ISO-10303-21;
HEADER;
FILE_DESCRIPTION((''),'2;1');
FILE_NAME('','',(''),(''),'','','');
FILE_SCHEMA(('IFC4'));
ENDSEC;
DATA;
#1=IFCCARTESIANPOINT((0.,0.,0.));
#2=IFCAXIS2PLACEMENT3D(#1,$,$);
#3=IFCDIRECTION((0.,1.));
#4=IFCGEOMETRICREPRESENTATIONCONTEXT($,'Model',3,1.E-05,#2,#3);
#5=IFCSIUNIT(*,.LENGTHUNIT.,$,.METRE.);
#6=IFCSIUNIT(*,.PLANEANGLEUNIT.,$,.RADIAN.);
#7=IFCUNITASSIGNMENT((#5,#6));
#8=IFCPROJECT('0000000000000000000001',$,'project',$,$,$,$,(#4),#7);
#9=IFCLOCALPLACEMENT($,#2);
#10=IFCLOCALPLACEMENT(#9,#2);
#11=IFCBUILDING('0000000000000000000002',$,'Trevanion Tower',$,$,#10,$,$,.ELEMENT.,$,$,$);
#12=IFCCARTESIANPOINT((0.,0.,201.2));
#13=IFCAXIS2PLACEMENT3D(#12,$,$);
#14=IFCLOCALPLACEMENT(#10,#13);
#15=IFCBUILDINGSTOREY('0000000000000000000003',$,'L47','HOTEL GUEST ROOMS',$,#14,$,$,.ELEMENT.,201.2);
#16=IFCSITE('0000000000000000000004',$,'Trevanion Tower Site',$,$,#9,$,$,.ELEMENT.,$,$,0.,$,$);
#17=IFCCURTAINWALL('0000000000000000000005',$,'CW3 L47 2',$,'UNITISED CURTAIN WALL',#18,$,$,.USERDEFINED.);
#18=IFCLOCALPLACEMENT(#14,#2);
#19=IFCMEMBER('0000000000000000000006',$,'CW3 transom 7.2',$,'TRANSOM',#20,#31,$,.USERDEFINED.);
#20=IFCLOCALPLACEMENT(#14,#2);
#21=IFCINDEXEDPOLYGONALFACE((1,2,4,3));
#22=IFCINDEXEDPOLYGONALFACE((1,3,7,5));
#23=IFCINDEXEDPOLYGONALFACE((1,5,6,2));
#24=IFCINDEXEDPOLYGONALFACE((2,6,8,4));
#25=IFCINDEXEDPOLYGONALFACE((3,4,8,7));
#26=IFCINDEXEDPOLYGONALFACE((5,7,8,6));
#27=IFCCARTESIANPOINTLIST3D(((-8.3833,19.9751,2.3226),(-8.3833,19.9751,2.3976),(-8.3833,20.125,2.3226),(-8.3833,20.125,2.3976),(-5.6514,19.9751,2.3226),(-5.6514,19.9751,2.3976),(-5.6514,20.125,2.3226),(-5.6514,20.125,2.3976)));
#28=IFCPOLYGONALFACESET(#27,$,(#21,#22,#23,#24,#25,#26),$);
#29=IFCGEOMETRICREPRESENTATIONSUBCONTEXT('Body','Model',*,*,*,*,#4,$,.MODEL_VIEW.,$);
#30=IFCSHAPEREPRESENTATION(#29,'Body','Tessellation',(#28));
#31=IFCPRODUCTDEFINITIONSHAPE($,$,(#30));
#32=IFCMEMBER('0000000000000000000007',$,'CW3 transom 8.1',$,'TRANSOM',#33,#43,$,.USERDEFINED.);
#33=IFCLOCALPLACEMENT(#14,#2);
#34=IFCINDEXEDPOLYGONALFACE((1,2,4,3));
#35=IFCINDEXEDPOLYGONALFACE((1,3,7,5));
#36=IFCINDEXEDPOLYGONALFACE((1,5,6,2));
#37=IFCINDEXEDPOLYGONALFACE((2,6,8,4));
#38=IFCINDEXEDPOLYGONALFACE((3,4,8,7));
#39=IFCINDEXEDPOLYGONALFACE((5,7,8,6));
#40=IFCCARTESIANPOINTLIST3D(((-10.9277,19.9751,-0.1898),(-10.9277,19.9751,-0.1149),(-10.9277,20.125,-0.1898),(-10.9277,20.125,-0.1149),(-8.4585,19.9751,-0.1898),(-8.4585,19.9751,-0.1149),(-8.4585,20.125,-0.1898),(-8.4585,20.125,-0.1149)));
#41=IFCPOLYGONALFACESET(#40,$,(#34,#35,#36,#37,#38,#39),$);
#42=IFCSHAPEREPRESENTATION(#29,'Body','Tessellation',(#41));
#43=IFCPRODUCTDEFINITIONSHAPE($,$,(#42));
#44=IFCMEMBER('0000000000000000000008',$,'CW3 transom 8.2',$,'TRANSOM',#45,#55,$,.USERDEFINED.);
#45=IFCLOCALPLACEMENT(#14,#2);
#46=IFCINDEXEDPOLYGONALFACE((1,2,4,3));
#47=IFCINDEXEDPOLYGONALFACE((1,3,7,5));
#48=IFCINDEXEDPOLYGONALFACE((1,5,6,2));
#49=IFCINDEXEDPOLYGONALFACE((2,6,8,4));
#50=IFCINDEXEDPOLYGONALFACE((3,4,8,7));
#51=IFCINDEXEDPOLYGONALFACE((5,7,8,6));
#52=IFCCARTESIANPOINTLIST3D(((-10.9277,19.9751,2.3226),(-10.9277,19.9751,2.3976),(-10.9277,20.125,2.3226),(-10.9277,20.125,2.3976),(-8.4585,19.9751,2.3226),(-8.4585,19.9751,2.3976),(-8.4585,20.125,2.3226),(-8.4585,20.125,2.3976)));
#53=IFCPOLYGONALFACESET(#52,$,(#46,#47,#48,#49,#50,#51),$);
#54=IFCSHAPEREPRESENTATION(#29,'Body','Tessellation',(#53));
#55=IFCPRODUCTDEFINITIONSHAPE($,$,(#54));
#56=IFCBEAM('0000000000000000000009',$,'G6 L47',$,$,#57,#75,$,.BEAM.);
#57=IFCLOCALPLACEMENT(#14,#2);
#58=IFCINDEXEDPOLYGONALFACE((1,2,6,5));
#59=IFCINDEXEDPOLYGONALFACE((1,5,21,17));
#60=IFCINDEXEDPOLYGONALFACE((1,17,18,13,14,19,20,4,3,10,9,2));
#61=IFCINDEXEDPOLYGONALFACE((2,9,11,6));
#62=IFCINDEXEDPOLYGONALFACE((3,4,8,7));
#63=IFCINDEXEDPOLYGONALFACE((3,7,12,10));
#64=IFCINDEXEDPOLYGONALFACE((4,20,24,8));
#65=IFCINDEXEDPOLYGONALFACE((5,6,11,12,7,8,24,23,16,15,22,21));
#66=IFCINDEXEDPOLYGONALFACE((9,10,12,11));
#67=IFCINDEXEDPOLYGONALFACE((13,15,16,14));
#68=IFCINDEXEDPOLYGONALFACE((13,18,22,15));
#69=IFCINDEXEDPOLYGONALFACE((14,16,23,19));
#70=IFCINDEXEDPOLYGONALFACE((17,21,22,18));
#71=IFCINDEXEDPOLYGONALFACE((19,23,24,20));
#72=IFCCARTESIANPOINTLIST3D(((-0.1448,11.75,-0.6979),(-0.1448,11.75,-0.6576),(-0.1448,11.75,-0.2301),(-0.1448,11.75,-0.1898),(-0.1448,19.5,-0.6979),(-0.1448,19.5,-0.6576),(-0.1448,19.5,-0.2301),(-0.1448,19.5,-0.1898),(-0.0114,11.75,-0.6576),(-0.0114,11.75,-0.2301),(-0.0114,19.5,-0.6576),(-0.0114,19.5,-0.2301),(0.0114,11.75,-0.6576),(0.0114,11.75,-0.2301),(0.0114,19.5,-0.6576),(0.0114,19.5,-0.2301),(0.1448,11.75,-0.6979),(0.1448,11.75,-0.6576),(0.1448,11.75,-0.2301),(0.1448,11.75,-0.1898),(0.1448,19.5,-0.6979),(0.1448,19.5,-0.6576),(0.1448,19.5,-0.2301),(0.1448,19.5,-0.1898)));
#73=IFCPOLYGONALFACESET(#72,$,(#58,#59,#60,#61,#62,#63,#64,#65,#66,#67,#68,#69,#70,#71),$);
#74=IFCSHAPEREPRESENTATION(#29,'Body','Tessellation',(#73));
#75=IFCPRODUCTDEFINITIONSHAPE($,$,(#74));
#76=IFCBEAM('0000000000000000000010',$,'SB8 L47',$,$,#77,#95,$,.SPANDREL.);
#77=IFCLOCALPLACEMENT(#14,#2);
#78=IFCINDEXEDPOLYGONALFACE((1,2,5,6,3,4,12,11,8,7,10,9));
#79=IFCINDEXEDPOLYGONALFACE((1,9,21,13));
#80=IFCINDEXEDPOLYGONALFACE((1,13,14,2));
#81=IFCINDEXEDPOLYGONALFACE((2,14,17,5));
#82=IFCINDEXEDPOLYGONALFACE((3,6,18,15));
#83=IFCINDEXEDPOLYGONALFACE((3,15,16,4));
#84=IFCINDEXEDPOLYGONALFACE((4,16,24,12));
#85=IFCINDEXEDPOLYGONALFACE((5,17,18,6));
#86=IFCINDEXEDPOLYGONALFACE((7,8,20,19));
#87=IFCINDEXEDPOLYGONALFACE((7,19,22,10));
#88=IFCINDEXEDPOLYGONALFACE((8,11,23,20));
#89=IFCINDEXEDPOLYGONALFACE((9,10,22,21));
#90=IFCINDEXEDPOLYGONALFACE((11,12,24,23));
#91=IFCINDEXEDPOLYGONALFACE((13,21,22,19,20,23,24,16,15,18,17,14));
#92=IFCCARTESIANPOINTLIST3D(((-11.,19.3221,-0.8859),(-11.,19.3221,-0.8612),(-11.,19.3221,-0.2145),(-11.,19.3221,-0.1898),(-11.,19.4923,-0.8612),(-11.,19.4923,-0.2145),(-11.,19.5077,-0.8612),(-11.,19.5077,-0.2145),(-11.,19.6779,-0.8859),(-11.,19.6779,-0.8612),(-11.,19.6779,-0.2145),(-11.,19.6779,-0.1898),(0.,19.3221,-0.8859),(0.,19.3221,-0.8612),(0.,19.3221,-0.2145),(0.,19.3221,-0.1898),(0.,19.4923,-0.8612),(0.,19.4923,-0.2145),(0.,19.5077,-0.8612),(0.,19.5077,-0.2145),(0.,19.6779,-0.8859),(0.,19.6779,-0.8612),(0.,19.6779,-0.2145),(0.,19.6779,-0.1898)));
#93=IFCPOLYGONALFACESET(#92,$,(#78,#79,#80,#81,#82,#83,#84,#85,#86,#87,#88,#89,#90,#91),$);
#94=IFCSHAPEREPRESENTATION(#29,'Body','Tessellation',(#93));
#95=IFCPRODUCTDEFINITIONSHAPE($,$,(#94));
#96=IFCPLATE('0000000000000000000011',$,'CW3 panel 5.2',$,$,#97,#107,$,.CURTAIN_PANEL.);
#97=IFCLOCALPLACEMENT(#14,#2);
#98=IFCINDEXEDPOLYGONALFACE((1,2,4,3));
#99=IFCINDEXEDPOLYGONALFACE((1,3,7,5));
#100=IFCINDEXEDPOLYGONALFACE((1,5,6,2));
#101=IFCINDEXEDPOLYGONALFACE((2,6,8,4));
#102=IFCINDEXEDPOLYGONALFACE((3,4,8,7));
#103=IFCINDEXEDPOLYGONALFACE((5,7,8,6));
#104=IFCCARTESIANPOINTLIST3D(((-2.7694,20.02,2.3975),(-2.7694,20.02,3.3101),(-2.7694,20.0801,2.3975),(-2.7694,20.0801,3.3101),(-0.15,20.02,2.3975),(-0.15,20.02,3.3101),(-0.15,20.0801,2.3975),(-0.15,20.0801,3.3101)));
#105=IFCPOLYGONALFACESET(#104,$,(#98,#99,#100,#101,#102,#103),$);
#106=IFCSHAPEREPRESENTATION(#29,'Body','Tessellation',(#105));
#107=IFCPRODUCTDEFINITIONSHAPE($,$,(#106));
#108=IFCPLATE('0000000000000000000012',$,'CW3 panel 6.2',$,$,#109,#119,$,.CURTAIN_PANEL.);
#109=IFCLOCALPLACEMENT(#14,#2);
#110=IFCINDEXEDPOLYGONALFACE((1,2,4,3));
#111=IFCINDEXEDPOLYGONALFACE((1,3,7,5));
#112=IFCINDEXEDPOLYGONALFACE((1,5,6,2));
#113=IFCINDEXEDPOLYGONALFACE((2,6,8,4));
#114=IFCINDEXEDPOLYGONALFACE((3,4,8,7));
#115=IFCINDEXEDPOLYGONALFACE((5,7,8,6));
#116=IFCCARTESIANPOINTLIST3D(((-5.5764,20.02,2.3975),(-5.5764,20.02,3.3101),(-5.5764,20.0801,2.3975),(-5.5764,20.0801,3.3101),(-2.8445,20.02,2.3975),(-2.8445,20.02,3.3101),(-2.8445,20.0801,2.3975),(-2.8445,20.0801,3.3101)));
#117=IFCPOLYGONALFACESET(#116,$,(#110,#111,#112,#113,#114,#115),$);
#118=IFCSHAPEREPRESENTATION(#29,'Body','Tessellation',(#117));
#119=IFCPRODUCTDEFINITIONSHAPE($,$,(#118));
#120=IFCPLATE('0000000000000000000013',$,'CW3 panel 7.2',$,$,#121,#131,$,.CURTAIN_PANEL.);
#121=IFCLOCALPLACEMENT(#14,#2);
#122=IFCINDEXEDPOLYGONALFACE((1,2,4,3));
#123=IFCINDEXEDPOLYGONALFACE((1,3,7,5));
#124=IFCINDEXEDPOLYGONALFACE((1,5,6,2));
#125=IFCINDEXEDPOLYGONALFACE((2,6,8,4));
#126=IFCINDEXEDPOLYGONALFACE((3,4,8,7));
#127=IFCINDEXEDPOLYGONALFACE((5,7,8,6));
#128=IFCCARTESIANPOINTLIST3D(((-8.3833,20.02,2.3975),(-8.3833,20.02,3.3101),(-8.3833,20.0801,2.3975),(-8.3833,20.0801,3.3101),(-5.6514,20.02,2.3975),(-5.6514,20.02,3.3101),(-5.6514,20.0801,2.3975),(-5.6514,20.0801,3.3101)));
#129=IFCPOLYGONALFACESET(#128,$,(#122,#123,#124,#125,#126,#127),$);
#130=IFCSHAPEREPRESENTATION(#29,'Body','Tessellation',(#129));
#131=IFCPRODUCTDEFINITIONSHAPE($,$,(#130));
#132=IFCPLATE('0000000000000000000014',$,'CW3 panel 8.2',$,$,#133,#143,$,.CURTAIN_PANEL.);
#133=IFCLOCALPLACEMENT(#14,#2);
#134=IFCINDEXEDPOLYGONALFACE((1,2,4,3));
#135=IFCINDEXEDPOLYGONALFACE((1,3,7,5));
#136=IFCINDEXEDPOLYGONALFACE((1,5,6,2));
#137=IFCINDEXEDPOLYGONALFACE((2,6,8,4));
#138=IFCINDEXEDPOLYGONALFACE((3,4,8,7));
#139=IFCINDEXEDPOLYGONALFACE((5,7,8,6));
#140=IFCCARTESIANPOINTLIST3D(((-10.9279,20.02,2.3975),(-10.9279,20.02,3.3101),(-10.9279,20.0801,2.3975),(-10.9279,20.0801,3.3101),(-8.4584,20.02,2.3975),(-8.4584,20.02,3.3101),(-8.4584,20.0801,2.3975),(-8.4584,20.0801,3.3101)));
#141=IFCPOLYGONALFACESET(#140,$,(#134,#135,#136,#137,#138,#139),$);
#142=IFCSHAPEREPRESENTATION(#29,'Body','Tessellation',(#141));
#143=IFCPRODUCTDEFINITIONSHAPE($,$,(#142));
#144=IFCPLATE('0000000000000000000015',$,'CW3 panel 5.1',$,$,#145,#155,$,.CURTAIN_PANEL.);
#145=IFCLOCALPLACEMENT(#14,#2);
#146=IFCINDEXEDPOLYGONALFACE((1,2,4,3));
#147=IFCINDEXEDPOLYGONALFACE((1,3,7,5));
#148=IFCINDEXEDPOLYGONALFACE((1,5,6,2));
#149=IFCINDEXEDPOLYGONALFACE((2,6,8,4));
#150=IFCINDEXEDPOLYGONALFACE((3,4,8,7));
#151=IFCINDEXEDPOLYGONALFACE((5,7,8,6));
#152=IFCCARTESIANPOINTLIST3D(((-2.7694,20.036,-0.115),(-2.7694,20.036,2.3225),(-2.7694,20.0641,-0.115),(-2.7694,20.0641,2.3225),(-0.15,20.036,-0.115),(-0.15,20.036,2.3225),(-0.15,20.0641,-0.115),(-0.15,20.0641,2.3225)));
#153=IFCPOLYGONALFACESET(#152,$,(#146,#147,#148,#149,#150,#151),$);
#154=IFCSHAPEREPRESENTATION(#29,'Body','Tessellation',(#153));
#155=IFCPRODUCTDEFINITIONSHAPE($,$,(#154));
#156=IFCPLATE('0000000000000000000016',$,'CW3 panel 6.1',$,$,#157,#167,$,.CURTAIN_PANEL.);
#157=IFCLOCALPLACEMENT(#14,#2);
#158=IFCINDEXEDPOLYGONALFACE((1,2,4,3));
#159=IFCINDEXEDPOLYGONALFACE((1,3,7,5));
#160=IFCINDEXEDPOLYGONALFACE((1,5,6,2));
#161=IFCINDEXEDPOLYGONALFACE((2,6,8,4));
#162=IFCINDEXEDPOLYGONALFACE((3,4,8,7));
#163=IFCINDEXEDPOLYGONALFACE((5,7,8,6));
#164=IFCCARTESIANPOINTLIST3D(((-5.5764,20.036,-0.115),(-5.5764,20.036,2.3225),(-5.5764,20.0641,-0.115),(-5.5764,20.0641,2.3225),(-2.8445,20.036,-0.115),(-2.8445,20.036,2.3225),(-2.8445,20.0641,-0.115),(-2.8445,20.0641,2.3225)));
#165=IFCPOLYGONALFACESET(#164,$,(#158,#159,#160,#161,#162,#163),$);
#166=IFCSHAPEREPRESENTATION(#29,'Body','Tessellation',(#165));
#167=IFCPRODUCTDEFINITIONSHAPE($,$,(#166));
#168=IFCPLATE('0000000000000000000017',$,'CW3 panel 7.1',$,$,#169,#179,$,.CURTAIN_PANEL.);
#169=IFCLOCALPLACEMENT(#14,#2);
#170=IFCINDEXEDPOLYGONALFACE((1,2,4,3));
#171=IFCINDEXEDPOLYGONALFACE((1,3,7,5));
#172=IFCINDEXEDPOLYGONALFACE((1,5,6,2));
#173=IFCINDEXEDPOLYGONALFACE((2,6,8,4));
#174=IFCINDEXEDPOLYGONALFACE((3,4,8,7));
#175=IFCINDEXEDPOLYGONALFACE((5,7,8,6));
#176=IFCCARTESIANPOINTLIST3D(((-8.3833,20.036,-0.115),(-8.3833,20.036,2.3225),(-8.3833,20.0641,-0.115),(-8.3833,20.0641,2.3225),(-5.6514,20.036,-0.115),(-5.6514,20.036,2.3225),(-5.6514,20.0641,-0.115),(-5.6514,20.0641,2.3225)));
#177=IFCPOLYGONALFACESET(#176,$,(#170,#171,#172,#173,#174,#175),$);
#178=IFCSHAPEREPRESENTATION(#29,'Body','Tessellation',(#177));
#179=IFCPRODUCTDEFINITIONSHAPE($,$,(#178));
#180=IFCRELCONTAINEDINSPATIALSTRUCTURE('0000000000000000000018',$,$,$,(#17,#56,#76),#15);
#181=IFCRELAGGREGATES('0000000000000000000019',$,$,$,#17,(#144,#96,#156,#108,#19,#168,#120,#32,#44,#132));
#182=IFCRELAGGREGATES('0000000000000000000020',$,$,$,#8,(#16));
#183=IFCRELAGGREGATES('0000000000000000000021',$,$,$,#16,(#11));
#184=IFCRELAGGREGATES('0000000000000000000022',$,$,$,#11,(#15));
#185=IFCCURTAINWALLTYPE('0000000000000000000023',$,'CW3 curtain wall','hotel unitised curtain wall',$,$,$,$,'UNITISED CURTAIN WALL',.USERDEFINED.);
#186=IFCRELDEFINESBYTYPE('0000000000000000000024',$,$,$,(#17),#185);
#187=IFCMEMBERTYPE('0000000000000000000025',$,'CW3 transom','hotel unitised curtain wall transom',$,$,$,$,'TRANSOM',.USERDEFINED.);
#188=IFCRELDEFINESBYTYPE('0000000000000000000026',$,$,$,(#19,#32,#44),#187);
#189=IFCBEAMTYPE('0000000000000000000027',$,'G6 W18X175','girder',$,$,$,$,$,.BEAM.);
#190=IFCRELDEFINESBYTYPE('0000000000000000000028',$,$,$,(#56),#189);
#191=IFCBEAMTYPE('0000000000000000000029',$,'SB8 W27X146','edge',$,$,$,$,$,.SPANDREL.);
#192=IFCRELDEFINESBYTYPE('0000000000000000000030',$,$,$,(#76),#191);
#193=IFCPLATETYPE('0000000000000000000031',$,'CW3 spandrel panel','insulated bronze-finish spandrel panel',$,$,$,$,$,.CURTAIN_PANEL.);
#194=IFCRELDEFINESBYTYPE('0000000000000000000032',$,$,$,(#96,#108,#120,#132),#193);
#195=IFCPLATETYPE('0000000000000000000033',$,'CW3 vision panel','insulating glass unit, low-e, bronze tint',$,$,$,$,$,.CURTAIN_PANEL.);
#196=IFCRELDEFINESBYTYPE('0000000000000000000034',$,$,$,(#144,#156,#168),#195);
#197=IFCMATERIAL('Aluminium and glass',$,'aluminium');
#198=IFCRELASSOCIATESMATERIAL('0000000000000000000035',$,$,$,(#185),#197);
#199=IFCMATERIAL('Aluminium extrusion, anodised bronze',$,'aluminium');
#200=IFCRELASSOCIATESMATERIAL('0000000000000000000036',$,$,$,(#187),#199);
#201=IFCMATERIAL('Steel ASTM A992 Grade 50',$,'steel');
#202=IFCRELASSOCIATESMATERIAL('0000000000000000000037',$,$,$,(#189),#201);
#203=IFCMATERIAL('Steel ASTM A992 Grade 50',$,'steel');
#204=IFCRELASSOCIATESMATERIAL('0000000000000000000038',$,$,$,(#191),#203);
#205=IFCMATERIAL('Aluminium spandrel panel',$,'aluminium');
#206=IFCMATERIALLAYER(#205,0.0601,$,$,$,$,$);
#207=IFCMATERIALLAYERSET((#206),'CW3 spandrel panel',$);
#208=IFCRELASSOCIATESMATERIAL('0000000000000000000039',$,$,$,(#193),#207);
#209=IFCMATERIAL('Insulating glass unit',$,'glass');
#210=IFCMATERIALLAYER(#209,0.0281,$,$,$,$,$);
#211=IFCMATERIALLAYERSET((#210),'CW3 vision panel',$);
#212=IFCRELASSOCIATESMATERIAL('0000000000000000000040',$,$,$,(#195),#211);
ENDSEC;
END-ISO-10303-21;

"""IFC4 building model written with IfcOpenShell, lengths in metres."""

from ifc_helpers import new_model, si_unit, direction, frame, origin, origin_2d, place, context, subcontext, project, spatial, rectangle, i_section, extrude, material, layer, layer_set, material_profile, profile_set, type_object, element, aggregate, save


model = new_model("IFC4")

# Units and contexts
model_context = context("Model", 3, precision=1e-05, world=origin(), true_north=direction((0.0, 1.0)))
body_context = subcontext(model_context, "Body", "Model", "MODEL_VIEW")
ifc_project = project(units=[si_unit("LENGTHUNIT", "METRE"), si_unit("PLANEANGLEUNIT", "RADIAN")], contexts=[model_context])

# Site, building, storey
site_placement = place(None, origin())
site = spatial("IfcSite", under=ifc_project, at=site_placement, Name="Trevanion Tower Site", CompositionType="ELEMENT", RefElevation=0.0)
building_placement = place(site_placement, origin())
building = spatial("IfcBuilding", under=site, at=building_placement, Name="Trevanion Tower", CompositionType="ELEMENT")
storey_placement = place(building_placement, frame((0.0, 0.0, 201.2)))
storey = spatial("IfcBuildingStorey", under=building, at=storey_placement, Name="L47", Description="HOTEL GUEST ROOMS", CompositionType="ELEMENT", Elevation=201.2)

# Curtain wall, members
ifc_material_1 = material(Name="Aluminium and glass", Category="aluminium")
curtain_wall_type = type_object("IfcCurtainWallType", Name="CW3 curtain wall", Description="hotel unitised curtain wall", ElementType="UNITISED CURTAIN WALL", PredefinedType="USERDEFINED", material=ifc_material_1)
curtain_wall_placement = place(storey_placement, origin())
curtain_wall = element("IfcCurtainWall", 1, at=curtain_wall_placement, inside=storey, type_object=curtain_wall_type, Name="CW3 L47 2", ObjectType="UNITISED CURTAIN WALL", PredefinedType="USERDEFINED")
ifc_material_2 = material(Name="Aluminium extrusion, anodised bronze", Category="aluminium")
ifc_material_profile_1 = material_profile(ifc_material_2, rectangle(XDim=0.1499, YDim=0.075, at=origin_2d()), Name="CW3 transom")
ifc_profile_set_1 = profile_set([ifc_material_profile_1], Name="Aluminium extrusion, anodised bronze")
member_type_1 = type_object("IfcMemberType", Name="CW3 transom", Description="hotel unitised curtain wall transom", ElementType="TRANSOM", PredefinedType="USERDEFINED", material=ifc_profile_set_1)
member_1_placement = place(storey_placement, frame((-5.6514, 20.05, 2.3601), z_axis=(-1.0, 0.0, 0.0), x_axis=(0.0, -1.0, 0.0)))
member_1 = element("IfcMember", 2, at=member_1_placement, type_object=member_type_1, Name="CW3 transom 7.2", ObjectType="TRANSOM", PredefinedType="USERDEFINED", context=body_context, shape_type="SweptSolid", body=[
    extrude(rectangle(XDim=0.1499, YDim=0.075, at=origin_2d()), origin(), (0.0, 0.0, 1.0), 2.7319),
])
member_2_placement = place(storey_placement, frame((-8.4585, 20.05, -0.1523), z_axis=(-1.0, 0.0, 0.0), x_axis=(0.0, -1.0, 0.0)))
member_2 = element("IfcMember", 3, at=member_2_placement, type_object=member_type_1, Name="CW3 transom 8.1", ObjectType="TRANSOM", PredefinedType="USERDEFINED", context=body_context, shape_type="SweptSolid", body=[
    extrude(rectangle(XDim=0.1499, YDim=0.075, at=origin_2d()), origin(), (0.0, 0.0, 1.0), 2.4692),
])
member_3_placement = place(storey_placement, frame((-8.4585, 20.05, 2.3601), z_axis=(-1.0, 0.0, 0.0), x_axis=(0.0, -1.0, 0.0)))
member_3 = element("IfcMember", 4, at=member_3_placement, type_object=member_type_1, Name="CW3 transom 8.2", ObjectType="TRANSOM", PredefinedType="USERDEFINED", context=body_context, shape_type="SweptSolid", body=[
    extrude(rectangle(XDim=0.1499, YDim=0.075, at=origin_2d()), origin(), (0.0, 0.0, 1.0), 2.4692),
])

# Beams
ifc_material_3 = material(Name="Steel ASTM A992 Grade 50", Category="steel")
ifc_material_profile_2 = material_profile(ifc_material_3, i_section(OverallWidth=0.2896, OverallDepth=0.5081, WebThickness=0.0227, FlangeThickness=0.0403, at=origin_2d()), Name="W18X175")
ifc_profile_set_2 = profile_set([ifc_material_profile_2], Name="Steel ASTM A992 Grade 50")
beam_type_1 = type_object("IfcBeamType", Name="G6 W18X175", Description="girder", PredefinedType="BEAM", material=ifc_profile_set_2)
beam_1_placement = place(storey_placement, frame((0.0, 11.75, -0.4438), z_axis=(0.0, 1.0, 0.0), x_axis=(-1.0, 0.0, 0.0)))
element("IfcBeam", 5, at=beam_1_placement, inside=storey, type_object=beam_type_1, Name="G6 L47", PredefinedType="BEAM", context=body_context, shape_type="SweptSolid", body=[
    extrude(i_section(OverallWidth=0.2896, OverallDepth=0.5081, WebThickness=0.0227, FlangeThickness=0.0403, at=origin_2d()), origin(), (0.0, 0.0, 1.0), 7.75),
])
ifc_material_4 = material(Name="Steel ASTM A992 Grade 50", Category="steel")
ifc_material_profile_3 = material_profile(ifc_material_4, i_section(OverallWidth=0.3557, OverallDepth=0.696, WebThickness=0.0154, FlangeThickness=0.0247, at=origin_2d()), Name="W27X146")
ifc_profile_set_3 = profile_set([ifc_material_profile_3], Name="Steel ASTM A992 Grade 50")
beam_type_2 = type_object("IfcBeamType", Name="SB8 W27X146", Description="edge", PredefinedType="SPANDREL", material=ifc_profile_set_3)
beam_2_placement = place(storey_placement, frame((0.0, 19.5, -0.5378), z_axis=(-1.0, 0.0, 0.0), x_axis=(0.0, -1.0, 0.0)))
element("IfcBeam", 6, at=beam_2_placement, inside=storey, type_object=beam_type_2, Name="SB8 L47", PredefinedType="SPANDREL", context=body_context, shape_type="SweptSolid", body=[
    extrude(i_section(OverallWidth=0.3557, OverallDepth=0.696, WebThickness=0.0154, FlangeThickness=0.0247, at=origin_2d()), origin(), (0.0, 0.0, 1.0), 11.0),
])

# Plates
ifc_material_5 = material(Name="Aluminium spandrel panel", Category="aluminium")
ifc_layer_1 = layer(ifc_material_5, 0.0601)
ifc_layer_set_1 = layer_set([ifc_layer_1], Name="CW3 spandrel panel")
plate_type_1 = type_object("IfcPlateType", Name="CW3 spandrel panel", Description="insulated bronze-finish spandrel panel", PredefinedType="CURTAIN_PANEL", material=ifc_layer_set_1)
plate_1_placement = place(storey_placement, frame((-1.4597, 20.05, 2.3975), z_axis=(0.0, 0.0, 1.0), x_axis=(-1.0, 0.0, 0.0)))
plate_1 = element("IfcPlate", 7, at=plate_1_placement, type_object=plate_type_1, Name="CW3 panel 5.2", PredefinedType="CURTAIN_PANEL", context=body_context, shape_type="SweptSolid", body=[
    extrude(rectangle(XDim=2.6194, YDim=0.0601, at=origin_2d()), origin(), (0.0, 0.0, 1.0), 0.9126),
])
plate_2_placement = place(storey_placement, frame((-4.2104, 20.05, 2.3975), z_axis=(0.0, 0.0, 1.0), x_axis=(-1.0, 0.0, 0.0)))
plate_2 = element("IfcPlate", 8, at=plate_2_placement, type_object=plate_type_1, Name="CW3 panel 6.2", PredefinedType="CURTAIN_PANEL", context=body_context, shape_type="SweptSolid", body=[
    extrude(rectangle(XDim=2.7319, YDim=0.0601, at=origin_2d()), origin(), (0.0, 0.0, 1.0), 0.9126),
])
plate_3_placement = place(storey_placement, frame((-7.0173, 20.05, 2.3975), z_axis=(0.0, 0.0, 1.0), x_axis=(-1.0, 0.0, 0.0)))
plate_3 = element("IfcPlate", 9, at=plate_3_placement, type_object=plate_type_1, Name="CW3 panel 7.2", PredefinedType="CURTAIN_PANEL", context=body_context, shape_type="SweptSolid", body=[
    extrude(rectangle(XDim=2.7319, YDim=0.0601, at=origin_2d()), origin(), (0.0, 0.0, 1.0), 0.9126),
])
plate_4_placement = place(storey_placement, frame((-9.6931, 20.05, 2.3975), z_axis=(0.0, 0.0, 1.0), x_axis=(-1.0, 0.0, 0.0)))
plate_4 = element("IfcPlate", 10, at=plate_4_placement, type_object=plate_type_1, Name="CW3 panel 8.2", PredefinedType="CURTAIN_PANEL", context=body_context, shape_type="SweptSolid", body=[
    extrude(rectangle(XDim=2.4695, YDim=0.0601, at=origin_2d()), origin(), (0.0, 0.0, 1.0), 0.9126),
])
ifc_material_6 = material(Name="Insulating glass unit", Category="glass")
ifc_layer_2 = layer(ifc_material_6, 0.0281)
ifc_layer_set_2 = layer_set([ifc_layer_2], Name="CW3 vision panel")
plate_type_2 = type_object("IfcPlateType", Name="CW3 vision panel", Description="insulating glass unit, low-e, bronze tint", PredefinedType="CURTAIN_PANEL", material=ifc_layer_set_2)
plate_5_placement = place(storey_placement, frame((-1.4597, 20.05, -0.115), z_axis=(0.0, 0.0, 1.0), x_axis=(-1.0, 0.0, 0.0)))
plate_5 = element("IfcPlate", 11, at=plate_5_placement, type_object=plate_type_2, Name="CW3 panel 5.1", PredefinedType="CURTAIN_PANEL", context=body_context, shape_type="SweptSolid", body=[
    extrude(rectangle(XDim=2.6194, YDim=0.0281, at=origin_2d()), origin(), (0.0, 0.0, 1.0), 2.4375),
])
plate_6_placement = place(storey_placement, frame((-4.2104, 20.05, -0.115), z_axis=(0.0, 0.0, 1.0), x_axis=(-1.0, 0.0, 0.0)))
plate_6 = element("IfcPlate", 12, at=plate_6_placement, type_object=plate_type_2, Name="CW3 panel 6.1", PredefinedType="CURTAIN_PANEL", context=body_context, shape_type="SweptSolid", body=[
    extrude(rectangle(XDim=2.7319, YDim=0.0281, at=origin_2d()), origin(), (0.0, 0.0, 1.0), 2.4375),
])
plate_7_placement = place(storey_placement, frame((-7.0173, 20.05, -0.115), z_axis=(0.0, 0.0, 1.0), x_axis=(-1.0, 0.0, 0.0)))
plate_7 = element("IfcPlate", 13, at=plate_7_placement, type_object=plate_type_2, Name="CW3 panel 7.1", PredefinedType="CURTAIN_PANEL", context=body_context, shape_type="SweptSolid", body=[
    extrude(rectangle(XDim=2.7319, YDim=0.0281, at=origin_2d()), origin(), (0.0, 0.0, 1.0), 2.4375),
])
aggregate(curtain_wall, [plate_5, plate_1, plate_6, plate_2, member_1, plate_7, plate_3, member_2, member_3, plate_4])

save(model, "model.ifc")
